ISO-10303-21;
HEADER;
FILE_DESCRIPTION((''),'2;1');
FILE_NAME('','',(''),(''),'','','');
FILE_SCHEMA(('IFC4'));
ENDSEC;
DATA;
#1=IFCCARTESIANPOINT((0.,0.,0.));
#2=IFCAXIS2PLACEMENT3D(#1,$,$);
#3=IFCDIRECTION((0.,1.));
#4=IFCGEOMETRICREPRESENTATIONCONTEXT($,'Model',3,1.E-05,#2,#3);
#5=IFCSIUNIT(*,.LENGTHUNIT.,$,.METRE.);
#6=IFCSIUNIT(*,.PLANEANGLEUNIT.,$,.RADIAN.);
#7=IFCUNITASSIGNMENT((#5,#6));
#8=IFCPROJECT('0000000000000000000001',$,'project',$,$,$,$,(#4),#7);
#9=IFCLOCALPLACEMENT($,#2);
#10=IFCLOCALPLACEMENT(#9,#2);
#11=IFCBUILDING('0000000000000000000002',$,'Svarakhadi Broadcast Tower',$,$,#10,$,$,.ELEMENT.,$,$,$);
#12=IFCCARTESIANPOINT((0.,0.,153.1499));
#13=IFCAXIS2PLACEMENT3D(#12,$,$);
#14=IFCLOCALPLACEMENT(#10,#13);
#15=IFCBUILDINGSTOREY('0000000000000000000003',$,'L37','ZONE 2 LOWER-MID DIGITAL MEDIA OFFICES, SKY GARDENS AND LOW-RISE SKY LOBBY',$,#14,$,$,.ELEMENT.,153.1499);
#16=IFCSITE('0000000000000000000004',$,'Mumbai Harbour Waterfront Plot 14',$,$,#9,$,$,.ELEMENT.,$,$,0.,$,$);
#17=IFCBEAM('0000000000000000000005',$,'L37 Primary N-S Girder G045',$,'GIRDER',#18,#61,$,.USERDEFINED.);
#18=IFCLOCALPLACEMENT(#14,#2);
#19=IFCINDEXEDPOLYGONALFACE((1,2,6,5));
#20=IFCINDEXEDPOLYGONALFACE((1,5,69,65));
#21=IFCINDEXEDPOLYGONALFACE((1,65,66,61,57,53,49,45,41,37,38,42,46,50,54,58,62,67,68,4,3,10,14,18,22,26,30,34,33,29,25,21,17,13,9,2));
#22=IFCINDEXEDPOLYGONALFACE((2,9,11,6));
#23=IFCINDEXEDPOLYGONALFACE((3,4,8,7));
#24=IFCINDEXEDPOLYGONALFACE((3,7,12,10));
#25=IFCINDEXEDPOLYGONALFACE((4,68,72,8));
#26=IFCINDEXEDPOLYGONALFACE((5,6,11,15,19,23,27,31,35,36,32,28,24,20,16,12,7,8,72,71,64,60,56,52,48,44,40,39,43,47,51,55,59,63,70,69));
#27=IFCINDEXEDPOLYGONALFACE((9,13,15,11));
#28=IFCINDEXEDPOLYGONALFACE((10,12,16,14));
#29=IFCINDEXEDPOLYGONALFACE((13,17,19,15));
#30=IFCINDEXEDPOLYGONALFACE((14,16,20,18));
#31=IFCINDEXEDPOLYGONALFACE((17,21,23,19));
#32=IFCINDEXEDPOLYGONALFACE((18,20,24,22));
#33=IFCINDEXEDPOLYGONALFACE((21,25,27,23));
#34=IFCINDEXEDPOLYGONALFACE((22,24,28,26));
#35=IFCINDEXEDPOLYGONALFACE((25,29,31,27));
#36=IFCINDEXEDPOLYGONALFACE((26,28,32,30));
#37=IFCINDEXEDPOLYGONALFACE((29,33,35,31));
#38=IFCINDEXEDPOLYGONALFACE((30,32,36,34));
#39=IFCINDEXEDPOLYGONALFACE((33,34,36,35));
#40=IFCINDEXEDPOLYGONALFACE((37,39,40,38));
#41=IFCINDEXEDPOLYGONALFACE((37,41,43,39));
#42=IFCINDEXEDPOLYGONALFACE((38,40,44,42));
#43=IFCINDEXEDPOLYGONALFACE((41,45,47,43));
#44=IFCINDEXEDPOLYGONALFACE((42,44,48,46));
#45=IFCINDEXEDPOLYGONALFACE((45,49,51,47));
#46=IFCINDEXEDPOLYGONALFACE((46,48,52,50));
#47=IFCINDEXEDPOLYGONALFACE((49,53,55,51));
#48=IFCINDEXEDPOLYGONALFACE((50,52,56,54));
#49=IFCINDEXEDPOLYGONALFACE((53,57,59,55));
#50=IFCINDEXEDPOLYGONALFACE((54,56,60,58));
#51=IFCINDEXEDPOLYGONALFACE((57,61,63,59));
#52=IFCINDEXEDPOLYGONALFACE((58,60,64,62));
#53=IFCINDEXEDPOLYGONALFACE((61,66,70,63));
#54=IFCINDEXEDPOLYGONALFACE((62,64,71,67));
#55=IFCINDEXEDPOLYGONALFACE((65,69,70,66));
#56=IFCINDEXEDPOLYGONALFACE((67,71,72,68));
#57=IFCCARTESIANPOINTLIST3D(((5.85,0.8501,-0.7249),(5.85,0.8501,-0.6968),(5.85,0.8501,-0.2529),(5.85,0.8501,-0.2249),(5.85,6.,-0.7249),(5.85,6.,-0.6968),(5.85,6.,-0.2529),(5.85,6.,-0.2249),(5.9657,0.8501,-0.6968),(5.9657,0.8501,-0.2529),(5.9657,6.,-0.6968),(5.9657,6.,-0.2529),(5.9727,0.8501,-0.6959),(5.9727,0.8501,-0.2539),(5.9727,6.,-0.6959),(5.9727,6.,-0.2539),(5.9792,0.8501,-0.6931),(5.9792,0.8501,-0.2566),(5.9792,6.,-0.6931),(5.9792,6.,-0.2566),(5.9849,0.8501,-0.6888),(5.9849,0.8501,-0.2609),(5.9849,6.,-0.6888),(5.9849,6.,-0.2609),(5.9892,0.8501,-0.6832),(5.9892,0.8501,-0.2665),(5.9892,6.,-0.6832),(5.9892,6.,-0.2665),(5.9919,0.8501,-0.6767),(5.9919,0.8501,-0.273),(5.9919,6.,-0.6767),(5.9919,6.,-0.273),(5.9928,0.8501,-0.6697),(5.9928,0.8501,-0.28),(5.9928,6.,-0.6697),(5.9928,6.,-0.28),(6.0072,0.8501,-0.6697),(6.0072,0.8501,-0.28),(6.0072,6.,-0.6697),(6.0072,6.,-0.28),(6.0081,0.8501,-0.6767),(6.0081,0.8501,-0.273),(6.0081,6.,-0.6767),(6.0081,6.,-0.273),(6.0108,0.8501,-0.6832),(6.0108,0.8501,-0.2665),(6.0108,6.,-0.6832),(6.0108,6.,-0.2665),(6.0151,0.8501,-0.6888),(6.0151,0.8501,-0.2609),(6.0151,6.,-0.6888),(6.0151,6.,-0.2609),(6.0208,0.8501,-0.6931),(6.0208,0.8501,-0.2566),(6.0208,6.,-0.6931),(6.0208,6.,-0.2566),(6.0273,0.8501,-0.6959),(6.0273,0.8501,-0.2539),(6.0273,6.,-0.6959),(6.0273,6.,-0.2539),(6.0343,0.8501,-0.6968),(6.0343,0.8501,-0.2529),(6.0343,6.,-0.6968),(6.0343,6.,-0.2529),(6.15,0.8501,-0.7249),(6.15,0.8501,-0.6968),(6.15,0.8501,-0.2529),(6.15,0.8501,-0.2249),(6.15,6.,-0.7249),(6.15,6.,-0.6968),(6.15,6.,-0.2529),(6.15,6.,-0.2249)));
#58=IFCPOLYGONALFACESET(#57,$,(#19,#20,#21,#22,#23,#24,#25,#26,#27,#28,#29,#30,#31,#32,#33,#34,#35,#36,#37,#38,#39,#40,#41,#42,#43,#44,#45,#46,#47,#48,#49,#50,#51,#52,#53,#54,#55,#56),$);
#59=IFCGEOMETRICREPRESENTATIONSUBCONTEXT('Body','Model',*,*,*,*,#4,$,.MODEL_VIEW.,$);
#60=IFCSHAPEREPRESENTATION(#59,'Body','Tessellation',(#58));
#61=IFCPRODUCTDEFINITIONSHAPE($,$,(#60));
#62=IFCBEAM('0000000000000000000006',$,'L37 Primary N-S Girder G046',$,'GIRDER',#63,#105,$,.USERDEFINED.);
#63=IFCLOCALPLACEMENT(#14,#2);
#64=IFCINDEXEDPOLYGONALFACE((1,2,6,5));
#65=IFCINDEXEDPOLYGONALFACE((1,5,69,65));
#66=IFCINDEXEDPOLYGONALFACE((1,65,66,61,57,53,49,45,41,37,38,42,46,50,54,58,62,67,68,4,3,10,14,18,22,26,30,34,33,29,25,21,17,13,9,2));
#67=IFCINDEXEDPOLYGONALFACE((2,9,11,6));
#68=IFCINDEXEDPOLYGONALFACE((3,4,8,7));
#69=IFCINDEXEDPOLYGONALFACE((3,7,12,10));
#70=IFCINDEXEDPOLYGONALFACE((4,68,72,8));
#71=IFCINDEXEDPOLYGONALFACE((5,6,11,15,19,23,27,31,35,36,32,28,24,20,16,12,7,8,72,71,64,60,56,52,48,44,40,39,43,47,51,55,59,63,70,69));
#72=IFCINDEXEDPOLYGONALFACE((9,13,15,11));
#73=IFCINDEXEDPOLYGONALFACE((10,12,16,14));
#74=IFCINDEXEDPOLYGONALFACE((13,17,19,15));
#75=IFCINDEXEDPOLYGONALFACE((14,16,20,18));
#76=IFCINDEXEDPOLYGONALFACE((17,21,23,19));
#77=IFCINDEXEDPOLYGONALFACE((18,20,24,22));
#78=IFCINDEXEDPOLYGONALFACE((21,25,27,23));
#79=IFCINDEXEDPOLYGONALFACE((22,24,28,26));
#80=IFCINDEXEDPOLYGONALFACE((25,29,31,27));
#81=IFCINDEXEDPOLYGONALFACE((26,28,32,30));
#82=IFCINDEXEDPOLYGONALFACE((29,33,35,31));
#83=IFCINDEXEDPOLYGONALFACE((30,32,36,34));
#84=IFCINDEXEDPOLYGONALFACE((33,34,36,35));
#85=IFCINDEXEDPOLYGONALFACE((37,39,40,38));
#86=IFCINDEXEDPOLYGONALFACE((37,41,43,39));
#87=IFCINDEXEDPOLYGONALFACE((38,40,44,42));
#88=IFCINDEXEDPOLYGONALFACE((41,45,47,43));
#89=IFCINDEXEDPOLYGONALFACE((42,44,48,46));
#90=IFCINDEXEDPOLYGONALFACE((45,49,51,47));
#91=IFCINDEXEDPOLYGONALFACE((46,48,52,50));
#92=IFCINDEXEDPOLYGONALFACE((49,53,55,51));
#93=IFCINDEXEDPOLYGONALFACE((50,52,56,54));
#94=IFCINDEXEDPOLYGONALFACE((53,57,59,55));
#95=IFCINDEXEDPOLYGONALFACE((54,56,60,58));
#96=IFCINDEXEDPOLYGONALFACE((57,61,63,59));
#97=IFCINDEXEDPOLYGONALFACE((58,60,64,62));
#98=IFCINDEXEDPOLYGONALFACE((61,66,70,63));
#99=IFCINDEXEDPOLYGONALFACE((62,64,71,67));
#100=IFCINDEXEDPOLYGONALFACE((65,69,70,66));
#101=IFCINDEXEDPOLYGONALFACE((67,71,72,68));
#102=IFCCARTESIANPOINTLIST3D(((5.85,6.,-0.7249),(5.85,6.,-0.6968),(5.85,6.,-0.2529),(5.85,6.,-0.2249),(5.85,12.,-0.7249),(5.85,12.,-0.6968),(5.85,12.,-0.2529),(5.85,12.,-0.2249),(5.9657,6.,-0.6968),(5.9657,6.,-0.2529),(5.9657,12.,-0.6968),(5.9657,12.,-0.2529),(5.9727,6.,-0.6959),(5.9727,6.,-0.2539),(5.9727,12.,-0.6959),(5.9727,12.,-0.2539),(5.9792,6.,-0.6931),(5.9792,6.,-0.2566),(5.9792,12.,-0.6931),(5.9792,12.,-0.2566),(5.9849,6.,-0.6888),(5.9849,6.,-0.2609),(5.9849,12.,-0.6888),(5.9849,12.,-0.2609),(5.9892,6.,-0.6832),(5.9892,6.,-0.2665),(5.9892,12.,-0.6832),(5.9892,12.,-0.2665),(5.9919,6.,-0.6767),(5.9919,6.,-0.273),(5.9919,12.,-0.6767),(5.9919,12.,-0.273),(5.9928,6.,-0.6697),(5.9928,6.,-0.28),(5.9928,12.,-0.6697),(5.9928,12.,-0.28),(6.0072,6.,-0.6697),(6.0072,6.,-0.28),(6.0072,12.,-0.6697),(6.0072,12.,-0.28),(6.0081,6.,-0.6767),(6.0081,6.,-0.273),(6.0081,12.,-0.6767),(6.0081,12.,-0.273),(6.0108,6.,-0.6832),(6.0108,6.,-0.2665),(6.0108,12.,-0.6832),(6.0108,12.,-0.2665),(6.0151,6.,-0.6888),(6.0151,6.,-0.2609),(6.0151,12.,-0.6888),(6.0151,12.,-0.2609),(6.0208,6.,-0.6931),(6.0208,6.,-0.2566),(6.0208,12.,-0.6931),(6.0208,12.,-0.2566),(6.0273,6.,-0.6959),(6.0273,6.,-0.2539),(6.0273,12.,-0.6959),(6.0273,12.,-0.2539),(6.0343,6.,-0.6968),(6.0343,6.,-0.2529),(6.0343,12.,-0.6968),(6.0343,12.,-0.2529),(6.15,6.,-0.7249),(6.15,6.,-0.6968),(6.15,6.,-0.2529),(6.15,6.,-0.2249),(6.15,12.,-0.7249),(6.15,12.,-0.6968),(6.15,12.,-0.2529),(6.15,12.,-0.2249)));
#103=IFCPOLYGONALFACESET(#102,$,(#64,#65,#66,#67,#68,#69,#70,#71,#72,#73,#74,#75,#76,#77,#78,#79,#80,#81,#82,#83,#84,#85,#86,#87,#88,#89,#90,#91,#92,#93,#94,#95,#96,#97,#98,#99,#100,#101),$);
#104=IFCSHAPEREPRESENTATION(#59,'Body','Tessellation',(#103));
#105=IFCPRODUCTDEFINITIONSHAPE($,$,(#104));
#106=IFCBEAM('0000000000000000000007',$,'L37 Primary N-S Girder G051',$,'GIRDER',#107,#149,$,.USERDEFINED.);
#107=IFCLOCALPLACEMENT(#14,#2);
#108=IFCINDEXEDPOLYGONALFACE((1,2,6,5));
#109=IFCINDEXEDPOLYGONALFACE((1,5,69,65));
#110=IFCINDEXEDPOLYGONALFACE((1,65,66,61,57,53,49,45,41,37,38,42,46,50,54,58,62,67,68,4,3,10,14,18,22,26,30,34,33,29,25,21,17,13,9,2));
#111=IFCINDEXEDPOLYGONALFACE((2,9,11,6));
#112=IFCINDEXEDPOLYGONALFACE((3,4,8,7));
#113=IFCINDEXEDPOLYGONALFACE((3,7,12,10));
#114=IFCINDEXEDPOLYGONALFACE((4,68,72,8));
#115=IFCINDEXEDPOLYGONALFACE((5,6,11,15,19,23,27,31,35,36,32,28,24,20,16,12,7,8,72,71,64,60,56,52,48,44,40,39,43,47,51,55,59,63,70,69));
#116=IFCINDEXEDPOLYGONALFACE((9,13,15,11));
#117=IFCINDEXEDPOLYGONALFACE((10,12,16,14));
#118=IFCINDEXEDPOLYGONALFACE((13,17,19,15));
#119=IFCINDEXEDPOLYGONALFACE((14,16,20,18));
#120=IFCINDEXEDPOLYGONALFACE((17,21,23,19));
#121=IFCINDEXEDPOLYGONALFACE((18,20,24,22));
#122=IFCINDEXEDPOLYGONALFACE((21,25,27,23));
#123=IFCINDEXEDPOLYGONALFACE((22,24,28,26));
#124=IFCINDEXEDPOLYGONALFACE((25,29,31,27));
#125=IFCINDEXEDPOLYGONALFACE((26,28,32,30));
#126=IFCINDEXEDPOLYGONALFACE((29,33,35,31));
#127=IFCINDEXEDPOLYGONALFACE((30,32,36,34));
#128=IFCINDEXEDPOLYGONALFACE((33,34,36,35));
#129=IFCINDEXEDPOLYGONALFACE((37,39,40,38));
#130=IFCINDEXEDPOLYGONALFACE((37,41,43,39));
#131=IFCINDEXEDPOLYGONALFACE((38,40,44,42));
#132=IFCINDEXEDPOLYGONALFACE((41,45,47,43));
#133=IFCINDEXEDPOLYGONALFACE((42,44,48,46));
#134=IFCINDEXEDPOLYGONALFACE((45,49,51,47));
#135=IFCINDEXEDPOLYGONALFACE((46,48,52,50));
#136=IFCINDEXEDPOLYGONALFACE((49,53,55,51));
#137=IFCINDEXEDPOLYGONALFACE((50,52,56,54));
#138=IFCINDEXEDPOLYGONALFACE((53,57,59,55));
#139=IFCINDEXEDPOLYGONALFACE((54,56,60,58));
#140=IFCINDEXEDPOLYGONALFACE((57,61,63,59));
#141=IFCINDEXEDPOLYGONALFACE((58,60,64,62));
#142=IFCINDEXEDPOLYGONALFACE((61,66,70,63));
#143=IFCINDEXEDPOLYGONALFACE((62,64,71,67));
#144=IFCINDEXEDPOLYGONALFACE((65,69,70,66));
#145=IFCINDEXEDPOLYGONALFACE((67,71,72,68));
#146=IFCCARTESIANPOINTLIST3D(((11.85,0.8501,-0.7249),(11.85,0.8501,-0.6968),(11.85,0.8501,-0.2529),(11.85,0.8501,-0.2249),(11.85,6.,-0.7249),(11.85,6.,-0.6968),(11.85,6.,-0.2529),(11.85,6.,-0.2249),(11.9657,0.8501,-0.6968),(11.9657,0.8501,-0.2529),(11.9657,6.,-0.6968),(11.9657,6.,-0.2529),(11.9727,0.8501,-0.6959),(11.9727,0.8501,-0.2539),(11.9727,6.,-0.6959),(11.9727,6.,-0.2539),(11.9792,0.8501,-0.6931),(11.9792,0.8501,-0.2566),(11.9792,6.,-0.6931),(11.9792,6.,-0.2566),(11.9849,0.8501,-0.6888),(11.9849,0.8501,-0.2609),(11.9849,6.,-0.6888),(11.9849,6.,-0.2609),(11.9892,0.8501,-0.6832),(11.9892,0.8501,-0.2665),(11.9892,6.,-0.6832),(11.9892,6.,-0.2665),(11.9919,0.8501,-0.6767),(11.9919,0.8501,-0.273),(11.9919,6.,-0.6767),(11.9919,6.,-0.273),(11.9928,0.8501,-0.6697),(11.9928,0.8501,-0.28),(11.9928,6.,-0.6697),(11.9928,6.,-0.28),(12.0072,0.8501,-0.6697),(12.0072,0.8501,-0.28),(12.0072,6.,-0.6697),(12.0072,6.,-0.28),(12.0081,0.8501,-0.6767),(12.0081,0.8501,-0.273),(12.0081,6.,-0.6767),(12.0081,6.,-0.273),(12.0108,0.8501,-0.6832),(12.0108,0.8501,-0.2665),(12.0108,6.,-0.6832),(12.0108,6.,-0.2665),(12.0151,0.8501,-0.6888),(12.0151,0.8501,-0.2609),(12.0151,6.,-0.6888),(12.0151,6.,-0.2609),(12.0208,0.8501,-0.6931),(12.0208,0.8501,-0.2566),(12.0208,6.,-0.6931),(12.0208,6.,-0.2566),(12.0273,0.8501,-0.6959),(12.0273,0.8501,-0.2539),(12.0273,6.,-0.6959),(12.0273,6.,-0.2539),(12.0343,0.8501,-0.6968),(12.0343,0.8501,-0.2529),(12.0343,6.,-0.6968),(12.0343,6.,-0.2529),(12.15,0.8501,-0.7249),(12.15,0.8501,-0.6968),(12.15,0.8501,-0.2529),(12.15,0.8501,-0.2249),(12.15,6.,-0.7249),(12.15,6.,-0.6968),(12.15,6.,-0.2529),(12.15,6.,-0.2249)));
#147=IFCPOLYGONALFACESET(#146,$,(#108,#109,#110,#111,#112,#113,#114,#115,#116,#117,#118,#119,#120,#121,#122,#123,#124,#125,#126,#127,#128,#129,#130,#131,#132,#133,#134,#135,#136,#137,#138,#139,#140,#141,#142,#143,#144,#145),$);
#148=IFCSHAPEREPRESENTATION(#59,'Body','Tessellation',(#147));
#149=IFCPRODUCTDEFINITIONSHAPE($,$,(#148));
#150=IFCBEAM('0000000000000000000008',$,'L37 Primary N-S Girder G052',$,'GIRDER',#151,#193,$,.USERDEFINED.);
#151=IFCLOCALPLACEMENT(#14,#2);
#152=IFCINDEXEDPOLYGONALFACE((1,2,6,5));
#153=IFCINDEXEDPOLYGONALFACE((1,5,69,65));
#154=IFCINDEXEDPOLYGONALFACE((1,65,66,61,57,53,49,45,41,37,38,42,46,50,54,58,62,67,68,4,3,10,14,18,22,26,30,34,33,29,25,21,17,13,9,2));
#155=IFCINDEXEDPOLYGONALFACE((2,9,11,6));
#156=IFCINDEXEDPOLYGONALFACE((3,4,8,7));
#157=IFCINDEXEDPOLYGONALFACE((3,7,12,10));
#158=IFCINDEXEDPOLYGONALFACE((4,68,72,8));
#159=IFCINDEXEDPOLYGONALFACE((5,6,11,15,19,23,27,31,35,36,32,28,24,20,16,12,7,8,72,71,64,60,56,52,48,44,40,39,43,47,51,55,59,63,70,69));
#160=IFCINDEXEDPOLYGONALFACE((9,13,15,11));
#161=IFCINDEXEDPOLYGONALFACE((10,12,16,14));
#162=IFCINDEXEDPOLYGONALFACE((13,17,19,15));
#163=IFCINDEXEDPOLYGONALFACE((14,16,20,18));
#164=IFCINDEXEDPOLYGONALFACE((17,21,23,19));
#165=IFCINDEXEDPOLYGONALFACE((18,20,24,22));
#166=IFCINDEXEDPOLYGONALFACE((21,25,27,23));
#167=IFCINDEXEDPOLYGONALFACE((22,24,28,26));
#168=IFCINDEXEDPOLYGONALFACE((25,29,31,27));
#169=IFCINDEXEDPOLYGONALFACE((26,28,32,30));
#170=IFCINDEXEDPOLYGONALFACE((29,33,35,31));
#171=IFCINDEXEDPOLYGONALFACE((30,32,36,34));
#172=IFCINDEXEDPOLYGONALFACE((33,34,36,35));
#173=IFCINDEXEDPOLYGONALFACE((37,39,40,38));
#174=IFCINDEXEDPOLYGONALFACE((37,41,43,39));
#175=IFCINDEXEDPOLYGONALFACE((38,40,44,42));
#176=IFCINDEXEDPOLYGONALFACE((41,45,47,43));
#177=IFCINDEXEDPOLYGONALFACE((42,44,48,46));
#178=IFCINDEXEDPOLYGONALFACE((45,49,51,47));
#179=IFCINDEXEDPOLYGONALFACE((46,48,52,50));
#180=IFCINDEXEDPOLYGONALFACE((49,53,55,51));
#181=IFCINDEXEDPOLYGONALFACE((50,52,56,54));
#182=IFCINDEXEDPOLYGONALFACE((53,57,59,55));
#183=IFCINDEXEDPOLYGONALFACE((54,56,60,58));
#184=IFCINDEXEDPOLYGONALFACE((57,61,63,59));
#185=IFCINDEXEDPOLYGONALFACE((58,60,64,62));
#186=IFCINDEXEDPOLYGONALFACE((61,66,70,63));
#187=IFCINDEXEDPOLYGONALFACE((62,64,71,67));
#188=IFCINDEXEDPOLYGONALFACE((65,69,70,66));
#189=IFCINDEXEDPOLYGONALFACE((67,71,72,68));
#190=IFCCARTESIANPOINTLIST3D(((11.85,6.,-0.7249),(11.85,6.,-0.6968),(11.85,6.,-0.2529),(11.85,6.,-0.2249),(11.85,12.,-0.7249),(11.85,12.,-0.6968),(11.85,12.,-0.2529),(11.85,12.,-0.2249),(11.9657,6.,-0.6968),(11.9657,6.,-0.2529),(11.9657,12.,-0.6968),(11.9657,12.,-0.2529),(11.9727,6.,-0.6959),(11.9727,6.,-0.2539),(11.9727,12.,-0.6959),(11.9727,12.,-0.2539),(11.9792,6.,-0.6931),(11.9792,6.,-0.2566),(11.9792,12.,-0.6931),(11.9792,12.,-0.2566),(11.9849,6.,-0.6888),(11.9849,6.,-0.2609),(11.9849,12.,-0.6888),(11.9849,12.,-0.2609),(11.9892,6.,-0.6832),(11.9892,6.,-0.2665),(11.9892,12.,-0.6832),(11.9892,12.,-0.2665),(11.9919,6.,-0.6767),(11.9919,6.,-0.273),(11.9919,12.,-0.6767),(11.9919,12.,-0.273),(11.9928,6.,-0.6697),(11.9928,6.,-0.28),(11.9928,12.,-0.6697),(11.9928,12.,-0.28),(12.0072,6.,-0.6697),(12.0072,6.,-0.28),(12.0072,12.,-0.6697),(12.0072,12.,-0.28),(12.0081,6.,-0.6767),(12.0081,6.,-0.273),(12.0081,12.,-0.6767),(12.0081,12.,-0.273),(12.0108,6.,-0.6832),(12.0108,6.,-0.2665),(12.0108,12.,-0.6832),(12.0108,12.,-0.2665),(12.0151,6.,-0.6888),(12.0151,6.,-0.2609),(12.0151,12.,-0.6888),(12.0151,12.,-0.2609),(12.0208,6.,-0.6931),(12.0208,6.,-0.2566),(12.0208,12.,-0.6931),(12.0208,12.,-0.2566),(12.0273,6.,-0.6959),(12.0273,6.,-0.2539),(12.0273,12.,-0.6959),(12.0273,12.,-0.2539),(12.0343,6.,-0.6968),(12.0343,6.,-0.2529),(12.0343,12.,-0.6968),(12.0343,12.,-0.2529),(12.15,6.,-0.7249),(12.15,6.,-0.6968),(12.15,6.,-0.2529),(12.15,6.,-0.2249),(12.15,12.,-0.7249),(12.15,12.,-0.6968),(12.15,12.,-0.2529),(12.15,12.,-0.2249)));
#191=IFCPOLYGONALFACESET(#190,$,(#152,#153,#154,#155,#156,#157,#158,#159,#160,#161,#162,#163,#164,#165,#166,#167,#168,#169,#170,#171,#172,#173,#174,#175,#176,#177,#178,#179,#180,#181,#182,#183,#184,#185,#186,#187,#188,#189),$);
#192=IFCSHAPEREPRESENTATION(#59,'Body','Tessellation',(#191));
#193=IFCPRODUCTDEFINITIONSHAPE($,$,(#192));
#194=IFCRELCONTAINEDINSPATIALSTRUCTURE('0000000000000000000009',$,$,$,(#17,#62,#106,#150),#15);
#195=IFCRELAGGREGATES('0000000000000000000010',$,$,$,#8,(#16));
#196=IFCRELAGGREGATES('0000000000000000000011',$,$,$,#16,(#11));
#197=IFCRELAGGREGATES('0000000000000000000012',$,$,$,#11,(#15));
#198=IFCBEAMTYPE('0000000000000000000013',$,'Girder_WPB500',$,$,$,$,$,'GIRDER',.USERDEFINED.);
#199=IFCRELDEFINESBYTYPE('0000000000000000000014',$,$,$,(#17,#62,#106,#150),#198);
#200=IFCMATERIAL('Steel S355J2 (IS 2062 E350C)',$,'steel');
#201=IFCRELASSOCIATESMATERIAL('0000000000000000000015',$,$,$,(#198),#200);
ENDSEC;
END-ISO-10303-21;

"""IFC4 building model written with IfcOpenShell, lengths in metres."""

from ifc_helpers import new_model, si_unit, direction, frame, origin, origin_2d, place, context, subcontext, project, spatial, i_section, extrude, material, material_profile, profile_set, type_object, element, save


model = new_model("IFC4")

# Units and contexts
model_context = context("Model", 3, precision=1e-05, world=origin(), true_north=direction((0.0, 1.0)))
body_context = subcontext(model_context, "Body", "Model", "MODEL_VIEW")
ifc_project = project(units=[si_unit("LENGTHUNIT", "METRE"), si_unit("PLANEANGLEUNIT", "RADIAN")], contexts=[model_context])

# Site, building, storey
site_placement = place(None, origin())
site = spatial("IfcSite", under=ifc_project, at=site_placement, Name="Mumbai Harbour Waterfront Plot 14", CompositionType="ELEMENT", RefElevation=0.0)
building_placement = place(site_placement, origin())
building = spatial("IfcBuilding", under=site, at=building_placement, Name="Svarakhadi Broadcast Tower", CompositionType="ELEMENT")
storey_placement = place(building_placement, frame((0.0, 0.0, 153.1499)))
storey = spatial("IfcBuildingStorey", under=building, at=storey_placement, Name="L37", Description="ZONE 2 LOWER-MID DIGITAL MEDIA OFFICES, SKY GARDENS AND LOW-RISE SKY LOBBY", CompositionType="ELEMENT", Elevation=153.1499)

# Shared definitions
ifc_material_1 = material(Name="Steel S355J2 (IS 2062 E350C)", Category="steel")

# Beams
ifc_material_profile_1 = material_profile(ifc_material_1, i_section(OverallWidth=0.3, OverallDepth=0.5, WebThickness=0.0144, FlangeThickness=0.0281, FilletRadius=0.0271, at=origin_2d()), Name="WPB 500x300x187")
ifc_profile_set_1 = profile_set([ifc_material_profile_1], Name="Steel S355J2 (IS 2062 E350C)")
beam_type_1 = type_object("IfcBeamType", Name="Girder_WPB500", ElementType="GIRDER", PredefinedType="USERDEFINED", material=ifc_profile_set_1)
beam_1_placement = place(storey_placement, frame((6.0, 0.8501, -0.4749), z_axis=(0.0, 1.0, 0.0), x_axis=(-1.0, 0.0, 0.0)))
element("IfcBeam", 1, at=beam_1_placement, inside=storey, type_object=beam_type_1, Name="L37 Primary N-S Girder G045", ObjectType="GIRDER", PredefinedType="USERDEFINED", context=body_context, shape_type="SweptSolid", body=[
    extrude(i_section(OverallWidth=0.3, OverallDepth=0.5, WebThickness=0.0144, FlangeThickness=0.0281, FilletRadius=0.0271, at=origin_2d()), origin(), (0.0, 0.0, 1.0), 5.1499),
])
beam_2_placement = place(storey_placement, frame((6.0, 6.0, -0.4749), z_axis=(0.0, 1.0, 0.0), x_axis=(-1.0, 0.0, 0.0)))
element("IfcBeam", 2, at=beam_2_placement, inside=storey, type_object=beam_type_1, Name="L37 Primary N-S Girder G046", ObjectType="GIRDER", PredefinedType="USERDEFINED", context=body_context, shape_type="SweptSolid", body=[
    extrude(i_section(OverallWidth=0.3, OverallDepth=0.5, WebThickness=0.0144, FlangeThickness=0.0281, FilletRadius=0.0271, at=origin_2d()), origin(), (0.0, 0.0, 1.0), 6.0),
])
beam_3_placement = place(storey_placement, frame((12.0, 0.8501, -0.4749), z_axis=(0.0, 1.0, 0.0), x_axis=(-1.0, 0.0, 0.0)))
element("IfcBeam", 3, at=beam_3_placement, inside=storey, type_object=beam_type_1, Name="L37 Primary N-S Girder G051", ObjectType="GIRDER", PredefinedType="USERDEFINED", context=body_context, shape_type="SweptSolid", body=[
    extrude(i_section(OverallWidth=0.3, OverallDepth=0.5, WebThickness=0.0144, FlangeThickness=0.0281, FilletRadius=0.0271, at=origin_2d()), origin(), (0.0, 0.0, 1.0), 5.1499),
])
beam_4_placement = place(storey_placement, frame((12.0, 6.0, -0.4749), z_axis=(0.0, 1.0, 0.0), x_axis=(-1.0, 0.0, 0.0)))
element("IfcBeam", 4, at=beam_4_placement, inside=storey, type_object=beam_type_1, Name="L37 Primary N-S Girder G052", ObjectType="GIRDER", PredefinedType="USERDEFINED", context=body_context, shape_type="SweptSolid", body=[
    extrude(i_section(OverallWidth=0.3, OverallDepth=0.5, WebThickness=0.0144, FlangeThickness=0.0281, FilletRadius=0.0271, at=origin_2d()), origin(), (0.0, 0.0, 1.0), 6.0),
])

save(model, "model.ifc")
